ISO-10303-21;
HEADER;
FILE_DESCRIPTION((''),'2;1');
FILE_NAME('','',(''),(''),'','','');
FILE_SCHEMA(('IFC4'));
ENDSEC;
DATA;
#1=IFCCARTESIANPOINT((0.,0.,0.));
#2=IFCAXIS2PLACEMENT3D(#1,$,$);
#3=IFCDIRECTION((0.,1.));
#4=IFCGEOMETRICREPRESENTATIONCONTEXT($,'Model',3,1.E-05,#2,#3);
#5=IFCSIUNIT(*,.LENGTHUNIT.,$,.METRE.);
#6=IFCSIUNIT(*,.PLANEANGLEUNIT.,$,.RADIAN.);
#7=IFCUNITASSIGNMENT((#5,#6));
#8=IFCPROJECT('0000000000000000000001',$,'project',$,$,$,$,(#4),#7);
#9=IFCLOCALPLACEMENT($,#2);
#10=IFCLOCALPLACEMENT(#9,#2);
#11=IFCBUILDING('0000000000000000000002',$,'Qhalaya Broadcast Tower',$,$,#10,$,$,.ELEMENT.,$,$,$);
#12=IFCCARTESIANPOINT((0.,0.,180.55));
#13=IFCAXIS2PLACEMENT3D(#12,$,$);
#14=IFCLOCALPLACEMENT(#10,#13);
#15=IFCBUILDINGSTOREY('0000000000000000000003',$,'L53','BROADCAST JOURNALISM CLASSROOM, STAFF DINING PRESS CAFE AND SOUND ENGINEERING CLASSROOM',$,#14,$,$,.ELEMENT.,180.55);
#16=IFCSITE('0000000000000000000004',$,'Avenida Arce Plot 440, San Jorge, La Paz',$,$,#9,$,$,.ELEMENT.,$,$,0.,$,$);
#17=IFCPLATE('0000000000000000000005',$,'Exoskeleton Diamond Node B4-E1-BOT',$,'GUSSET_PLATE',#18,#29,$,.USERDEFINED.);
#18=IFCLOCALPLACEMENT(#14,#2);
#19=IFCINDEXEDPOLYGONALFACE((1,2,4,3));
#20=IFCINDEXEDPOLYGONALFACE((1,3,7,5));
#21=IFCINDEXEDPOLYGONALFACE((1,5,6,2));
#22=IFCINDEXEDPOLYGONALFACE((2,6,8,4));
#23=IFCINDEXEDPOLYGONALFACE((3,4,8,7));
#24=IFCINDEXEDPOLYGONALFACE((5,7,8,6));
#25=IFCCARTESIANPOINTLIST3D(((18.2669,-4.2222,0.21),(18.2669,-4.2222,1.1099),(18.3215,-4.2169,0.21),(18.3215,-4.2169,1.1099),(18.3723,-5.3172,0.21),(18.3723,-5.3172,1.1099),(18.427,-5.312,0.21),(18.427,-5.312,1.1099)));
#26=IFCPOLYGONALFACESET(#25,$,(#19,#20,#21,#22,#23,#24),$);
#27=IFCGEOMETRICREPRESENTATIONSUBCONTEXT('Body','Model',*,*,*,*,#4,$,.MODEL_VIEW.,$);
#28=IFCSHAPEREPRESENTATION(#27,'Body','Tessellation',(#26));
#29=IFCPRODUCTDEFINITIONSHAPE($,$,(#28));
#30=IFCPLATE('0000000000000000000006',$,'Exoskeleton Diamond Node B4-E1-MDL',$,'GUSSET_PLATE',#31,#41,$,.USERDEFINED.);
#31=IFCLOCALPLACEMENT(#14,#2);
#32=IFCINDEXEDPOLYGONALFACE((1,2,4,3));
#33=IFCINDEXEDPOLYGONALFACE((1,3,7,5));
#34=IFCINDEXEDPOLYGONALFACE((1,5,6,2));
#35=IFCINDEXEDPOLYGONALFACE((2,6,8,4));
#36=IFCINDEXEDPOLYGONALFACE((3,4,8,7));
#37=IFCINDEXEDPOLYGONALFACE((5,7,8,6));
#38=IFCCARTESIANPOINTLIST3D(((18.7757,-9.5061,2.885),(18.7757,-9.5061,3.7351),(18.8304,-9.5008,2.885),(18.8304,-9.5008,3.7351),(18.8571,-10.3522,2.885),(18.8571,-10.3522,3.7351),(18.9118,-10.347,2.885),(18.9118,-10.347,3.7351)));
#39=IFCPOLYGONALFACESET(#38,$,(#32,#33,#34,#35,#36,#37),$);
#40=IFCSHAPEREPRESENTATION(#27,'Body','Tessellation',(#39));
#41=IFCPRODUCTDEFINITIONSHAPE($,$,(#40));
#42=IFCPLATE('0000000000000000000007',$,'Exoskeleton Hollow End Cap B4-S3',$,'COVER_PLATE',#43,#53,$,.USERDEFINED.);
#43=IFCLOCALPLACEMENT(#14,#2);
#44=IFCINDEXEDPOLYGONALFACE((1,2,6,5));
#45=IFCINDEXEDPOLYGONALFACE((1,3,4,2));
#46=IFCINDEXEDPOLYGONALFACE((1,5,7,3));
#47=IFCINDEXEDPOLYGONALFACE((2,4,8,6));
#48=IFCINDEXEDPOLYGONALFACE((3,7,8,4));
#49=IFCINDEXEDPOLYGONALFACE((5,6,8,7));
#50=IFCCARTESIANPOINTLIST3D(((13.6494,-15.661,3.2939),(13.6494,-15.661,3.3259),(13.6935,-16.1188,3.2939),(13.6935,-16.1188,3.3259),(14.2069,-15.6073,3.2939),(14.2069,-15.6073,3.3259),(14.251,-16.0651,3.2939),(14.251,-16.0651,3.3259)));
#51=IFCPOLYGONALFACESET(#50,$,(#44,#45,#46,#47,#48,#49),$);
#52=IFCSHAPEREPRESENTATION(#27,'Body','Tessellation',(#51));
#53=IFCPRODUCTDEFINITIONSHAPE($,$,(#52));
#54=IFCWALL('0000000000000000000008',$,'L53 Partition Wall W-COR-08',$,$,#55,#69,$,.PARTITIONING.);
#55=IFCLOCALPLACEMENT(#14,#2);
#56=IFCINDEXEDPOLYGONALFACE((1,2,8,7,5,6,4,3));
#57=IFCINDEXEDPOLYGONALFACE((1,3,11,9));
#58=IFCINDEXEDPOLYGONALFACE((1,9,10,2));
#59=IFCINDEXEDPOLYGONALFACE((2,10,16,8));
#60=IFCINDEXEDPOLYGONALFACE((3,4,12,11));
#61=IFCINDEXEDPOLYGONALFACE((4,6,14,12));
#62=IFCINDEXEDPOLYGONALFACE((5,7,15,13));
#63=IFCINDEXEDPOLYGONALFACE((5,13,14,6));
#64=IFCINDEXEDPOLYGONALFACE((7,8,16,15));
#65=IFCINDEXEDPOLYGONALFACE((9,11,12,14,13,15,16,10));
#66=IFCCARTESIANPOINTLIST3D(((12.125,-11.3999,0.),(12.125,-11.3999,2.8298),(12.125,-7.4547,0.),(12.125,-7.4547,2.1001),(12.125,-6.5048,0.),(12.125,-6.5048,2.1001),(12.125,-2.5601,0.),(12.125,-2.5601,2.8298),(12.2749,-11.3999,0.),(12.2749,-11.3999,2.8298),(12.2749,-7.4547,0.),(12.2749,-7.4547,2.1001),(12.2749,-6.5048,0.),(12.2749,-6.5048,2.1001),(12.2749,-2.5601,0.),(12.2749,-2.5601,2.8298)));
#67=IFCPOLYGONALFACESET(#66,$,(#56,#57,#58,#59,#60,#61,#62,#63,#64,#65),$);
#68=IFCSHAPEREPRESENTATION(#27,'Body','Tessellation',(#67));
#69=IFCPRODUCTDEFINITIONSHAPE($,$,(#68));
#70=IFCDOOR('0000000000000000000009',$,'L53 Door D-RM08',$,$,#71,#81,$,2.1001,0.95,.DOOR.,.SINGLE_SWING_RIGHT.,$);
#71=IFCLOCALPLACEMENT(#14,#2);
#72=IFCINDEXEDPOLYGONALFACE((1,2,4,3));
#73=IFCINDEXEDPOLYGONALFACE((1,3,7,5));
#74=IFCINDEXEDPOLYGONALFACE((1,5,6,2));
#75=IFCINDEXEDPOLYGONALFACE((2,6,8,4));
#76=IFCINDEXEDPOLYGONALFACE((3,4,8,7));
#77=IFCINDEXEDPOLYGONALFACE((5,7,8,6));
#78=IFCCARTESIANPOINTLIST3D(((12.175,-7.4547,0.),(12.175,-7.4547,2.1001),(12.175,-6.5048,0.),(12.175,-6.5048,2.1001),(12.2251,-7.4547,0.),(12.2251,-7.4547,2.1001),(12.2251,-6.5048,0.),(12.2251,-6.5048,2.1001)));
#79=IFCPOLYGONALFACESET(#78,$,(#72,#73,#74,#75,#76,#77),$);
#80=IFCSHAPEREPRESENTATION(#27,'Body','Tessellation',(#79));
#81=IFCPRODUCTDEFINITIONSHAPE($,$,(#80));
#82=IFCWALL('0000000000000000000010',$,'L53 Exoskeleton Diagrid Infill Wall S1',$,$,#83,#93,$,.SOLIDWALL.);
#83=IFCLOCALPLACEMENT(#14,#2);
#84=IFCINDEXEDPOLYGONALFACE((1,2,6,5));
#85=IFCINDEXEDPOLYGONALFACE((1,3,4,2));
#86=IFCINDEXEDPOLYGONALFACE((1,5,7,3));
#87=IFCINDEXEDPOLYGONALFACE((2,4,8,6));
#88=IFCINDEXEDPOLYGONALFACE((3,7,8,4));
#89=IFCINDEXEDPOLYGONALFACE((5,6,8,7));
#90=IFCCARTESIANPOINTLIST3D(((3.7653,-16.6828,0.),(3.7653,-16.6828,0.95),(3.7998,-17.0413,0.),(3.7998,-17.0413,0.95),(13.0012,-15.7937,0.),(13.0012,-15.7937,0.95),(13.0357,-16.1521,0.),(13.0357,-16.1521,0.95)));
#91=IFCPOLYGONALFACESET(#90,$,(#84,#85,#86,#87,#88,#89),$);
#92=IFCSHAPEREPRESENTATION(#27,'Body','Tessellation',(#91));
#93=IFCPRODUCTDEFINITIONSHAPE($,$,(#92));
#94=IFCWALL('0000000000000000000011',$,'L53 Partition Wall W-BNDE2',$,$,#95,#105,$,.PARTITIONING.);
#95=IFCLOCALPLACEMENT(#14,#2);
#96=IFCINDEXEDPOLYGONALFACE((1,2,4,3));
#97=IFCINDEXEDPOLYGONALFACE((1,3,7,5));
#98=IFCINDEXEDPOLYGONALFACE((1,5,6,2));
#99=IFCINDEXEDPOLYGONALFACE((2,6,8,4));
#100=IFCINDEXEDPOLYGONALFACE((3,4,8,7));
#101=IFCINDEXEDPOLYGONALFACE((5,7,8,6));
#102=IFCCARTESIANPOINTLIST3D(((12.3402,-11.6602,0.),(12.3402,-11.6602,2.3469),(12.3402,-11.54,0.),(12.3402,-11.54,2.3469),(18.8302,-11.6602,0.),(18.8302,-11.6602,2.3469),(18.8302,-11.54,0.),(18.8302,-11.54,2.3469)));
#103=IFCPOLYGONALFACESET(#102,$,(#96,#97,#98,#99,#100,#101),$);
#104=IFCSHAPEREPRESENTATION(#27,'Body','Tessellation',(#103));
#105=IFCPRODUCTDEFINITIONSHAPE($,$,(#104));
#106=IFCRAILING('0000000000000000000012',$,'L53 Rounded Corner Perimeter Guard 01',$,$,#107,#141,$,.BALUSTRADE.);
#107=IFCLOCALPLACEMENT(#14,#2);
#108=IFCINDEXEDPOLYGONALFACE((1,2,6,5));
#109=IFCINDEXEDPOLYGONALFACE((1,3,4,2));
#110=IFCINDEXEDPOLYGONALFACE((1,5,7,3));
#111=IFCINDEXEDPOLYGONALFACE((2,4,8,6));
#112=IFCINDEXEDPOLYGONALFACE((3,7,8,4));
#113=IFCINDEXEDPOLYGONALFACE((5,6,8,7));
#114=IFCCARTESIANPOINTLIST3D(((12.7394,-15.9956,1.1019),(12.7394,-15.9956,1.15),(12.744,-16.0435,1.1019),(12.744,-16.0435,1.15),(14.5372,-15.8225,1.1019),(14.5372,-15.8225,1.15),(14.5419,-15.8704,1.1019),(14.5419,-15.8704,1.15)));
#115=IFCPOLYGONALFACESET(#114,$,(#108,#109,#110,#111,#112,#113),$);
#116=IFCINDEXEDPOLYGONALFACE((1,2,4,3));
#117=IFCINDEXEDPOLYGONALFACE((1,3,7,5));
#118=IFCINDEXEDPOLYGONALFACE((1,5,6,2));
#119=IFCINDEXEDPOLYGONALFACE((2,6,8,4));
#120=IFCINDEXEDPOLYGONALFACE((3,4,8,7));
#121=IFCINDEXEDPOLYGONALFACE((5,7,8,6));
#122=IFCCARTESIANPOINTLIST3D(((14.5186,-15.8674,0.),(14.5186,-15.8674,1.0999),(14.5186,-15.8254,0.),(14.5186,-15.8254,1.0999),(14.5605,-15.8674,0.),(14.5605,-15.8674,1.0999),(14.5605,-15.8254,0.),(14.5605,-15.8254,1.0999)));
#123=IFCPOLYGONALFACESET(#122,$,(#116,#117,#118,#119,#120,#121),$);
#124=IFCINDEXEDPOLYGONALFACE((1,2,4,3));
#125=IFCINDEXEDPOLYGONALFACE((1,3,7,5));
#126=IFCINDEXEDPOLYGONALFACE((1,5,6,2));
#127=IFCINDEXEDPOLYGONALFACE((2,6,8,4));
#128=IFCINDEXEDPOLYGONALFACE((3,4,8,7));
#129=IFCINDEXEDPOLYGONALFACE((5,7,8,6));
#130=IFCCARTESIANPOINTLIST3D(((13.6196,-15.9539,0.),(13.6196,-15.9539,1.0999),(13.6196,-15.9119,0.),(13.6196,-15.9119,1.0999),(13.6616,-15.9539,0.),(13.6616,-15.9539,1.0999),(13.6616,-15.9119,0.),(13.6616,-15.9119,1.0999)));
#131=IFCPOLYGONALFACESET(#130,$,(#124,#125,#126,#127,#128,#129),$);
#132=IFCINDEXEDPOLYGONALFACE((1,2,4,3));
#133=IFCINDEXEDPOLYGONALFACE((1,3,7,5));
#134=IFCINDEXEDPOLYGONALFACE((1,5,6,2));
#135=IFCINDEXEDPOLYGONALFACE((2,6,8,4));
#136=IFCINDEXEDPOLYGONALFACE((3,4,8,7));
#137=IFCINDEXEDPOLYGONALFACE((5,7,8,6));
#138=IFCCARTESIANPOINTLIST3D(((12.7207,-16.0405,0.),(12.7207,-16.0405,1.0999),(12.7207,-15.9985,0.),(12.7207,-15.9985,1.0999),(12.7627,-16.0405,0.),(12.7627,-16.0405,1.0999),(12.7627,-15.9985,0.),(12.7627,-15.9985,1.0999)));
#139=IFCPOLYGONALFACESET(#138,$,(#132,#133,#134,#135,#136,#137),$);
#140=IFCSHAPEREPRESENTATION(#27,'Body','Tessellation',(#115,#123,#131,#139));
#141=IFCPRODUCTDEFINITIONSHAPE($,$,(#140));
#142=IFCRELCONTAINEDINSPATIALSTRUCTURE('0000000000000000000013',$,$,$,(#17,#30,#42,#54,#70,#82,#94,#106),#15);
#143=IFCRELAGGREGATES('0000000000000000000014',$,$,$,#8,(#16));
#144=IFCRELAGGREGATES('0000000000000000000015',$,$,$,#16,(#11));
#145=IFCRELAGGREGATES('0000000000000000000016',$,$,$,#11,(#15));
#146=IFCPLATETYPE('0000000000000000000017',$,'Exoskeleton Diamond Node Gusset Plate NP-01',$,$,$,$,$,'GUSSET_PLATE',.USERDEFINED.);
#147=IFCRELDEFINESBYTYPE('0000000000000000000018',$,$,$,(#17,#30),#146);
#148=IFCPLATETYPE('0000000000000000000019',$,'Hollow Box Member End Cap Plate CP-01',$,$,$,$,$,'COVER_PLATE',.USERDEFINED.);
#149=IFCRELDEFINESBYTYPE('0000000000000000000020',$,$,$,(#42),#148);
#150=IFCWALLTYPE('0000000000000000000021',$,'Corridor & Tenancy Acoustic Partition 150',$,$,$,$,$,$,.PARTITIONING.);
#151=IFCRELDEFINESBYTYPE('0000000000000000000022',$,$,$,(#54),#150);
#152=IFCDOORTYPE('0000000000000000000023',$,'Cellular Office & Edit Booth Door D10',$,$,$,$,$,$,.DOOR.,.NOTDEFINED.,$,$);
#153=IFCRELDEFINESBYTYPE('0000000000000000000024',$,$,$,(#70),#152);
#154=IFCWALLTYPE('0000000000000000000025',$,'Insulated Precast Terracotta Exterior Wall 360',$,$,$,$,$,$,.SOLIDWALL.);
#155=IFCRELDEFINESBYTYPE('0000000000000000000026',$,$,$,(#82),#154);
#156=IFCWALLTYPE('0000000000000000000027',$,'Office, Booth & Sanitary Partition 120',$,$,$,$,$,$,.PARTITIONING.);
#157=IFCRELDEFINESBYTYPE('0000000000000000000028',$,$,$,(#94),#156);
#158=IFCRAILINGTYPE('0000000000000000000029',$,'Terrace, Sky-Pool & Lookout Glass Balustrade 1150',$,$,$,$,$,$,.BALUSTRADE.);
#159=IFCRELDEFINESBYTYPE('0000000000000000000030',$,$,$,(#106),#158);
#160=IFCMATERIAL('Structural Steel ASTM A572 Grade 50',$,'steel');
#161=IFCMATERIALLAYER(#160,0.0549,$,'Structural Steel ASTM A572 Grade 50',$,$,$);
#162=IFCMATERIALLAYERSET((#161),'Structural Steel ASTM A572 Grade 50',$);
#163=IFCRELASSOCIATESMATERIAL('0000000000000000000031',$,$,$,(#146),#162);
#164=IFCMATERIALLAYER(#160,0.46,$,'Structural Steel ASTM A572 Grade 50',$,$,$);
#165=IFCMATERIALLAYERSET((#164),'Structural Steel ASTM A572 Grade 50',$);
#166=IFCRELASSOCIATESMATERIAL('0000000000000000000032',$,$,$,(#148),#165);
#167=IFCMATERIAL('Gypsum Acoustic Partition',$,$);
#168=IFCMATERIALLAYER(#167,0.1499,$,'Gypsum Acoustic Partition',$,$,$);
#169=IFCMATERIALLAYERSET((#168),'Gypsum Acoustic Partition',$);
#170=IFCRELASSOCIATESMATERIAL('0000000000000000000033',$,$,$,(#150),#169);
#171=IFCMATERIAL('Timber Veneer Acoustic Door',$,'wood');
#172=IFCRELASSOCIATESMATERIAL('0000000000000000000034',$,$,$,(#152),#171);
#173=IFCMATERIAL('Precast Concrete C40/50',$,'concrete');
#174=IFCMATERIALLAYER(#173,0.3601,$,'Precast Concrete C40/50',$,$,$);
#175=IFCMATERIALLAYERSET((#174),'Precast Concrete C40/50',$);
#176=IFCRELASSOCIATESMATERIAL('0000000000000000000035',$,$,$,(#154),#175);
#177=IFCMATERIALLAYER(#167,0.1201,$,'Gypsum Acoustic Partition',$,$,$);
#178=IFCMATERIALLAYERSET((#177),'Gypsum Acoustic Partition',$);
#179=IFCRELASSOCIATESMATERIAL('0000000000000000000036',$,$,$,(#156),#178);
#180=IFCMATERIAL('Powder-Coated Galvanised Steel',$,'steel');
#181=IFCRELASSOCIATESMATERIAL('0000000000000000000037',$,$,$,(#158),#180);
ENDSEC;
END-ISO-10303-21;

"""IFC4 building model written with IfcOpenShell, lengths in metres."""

from ifc_helpers import new_model, si_unit, direction, frame, frame_2d, origin, origin_2d, place, context, subcontext, project, spatial, rectangle, extrude, material, layer, layer_set, type_object, element, fill, save


model = new_model("IFC4")

# Units and contexts
model_context = context("Model", 3, precision=1e-05, world=origin(), true_north=direction((0.0, 1.0)))
body_context = subcontext(model_context, "Body", "Model", "MODEL_VIEW")
ifc_project = project(units=[si_unit("LENGTHUNIT", "METRE"), si_unit("PLANEANGLEUNIT", "RADIAN")], contexts=[model_context])

# Site, building, storey
site_placement = place(None, origin())
site = spatial("IfcSite", under=ifc_project, at=site_placement, Name="Avenida Arce Plot 440, San Jorge, La Paz", CompositionType="ELEMENT", RefElevation=0.0)
building_placement = place(site_placement, origin())
building = spatial("IfcBuilding", under=site, at=building_placement, Name="Qhalaya Broadcast Tower", CompositionType="ELEMENT")
storey_placement = place(building_placement, frame((0.0, 0.0, 180.55)))
storey = spatial("IfcBuildingStorey", under=building, at=storey_placement, Name="L53", Description="BROADCAST JOURNALISM CLASSROOM, STAFF DINING PRESS CAFE AND SOUND ENGINEERING CLASSROOM", CompositionType="ELEMENT", Elevation=180.55)

# Shared definitions
ifc_material_1 = material(Name="Structural Steel ASTM A572 Grade 50", Category="steel")

# Plates
ifc_layer_1 = layer(ifc_material_1, 0.0549, Name="Structural Steel ASTM A572 Grade 50")
ifc_layer_set_1 = layer_set([ifc_layer_1], Name="Structural Steel ASTM A572 Grade 50")
plate_type_1 = type_object("IfcPlateType", Name="Exoskeleton Diamond Node Gusset Plate NP-01", ElementType="GUSSET_PLATE", PredefinedType="USERDEFINED", material=ifc_layer_set_1)
plate_1_placement = place(storey_placement, frame((18.3469, -4.7671, 0.21), z_axis=(0.0, 0.0, 1.0), x_axis=(-0.095846, 0.995396, 0.0)))
element("IfcPlate", 1, at=plate_1_placement, inside=storey, type_object=plate_type_1, Name="Exoskeleton Diamond Node B4-E1-BOT", ObjectType="GUSSET_PLATE", PredefinedType="USERDEFINED", context=body_context, shape_type="SweptSolid", body=[
    extrude(rectangle(XDim=1.1001, YDim=0.0549, at=origin_2d()), origin(), (0.0, 0.0, 1.0), 0.8999),
])
plate_2_placement = place(storey_placement, frame((18.8438, -9.9265, 2.885), z_axis=(0.0, 0.0, 1.0), x_axis=(-0.095846, 0.995396, 0.0)))
element("IfcPlate", 2, at=plate_2_placement, inside=storey, type_object=plate_type_1, Name="Exoskeleton Diamond Node B4-E1-MDL", ObjectType="GUSSET_PLATE", PredefinedType="USERDEFINED", context=body_context, shape_type="SweptSolid", body=[
    extrude(rectangle(XDim=0.8501, YDim=0.0549, at=origin_2d()), origin(), (0.0, 0.0, 1.0), 0.8501),
])
ifc_layer_2 = layer(ifc_material_1, 0.46, Name="Structural Steel ASTM A572 Grade 50")
ifc_layer_set_2 = layer_set([ifc_layer_2], Name="Structural Steel ASTM A572 Grade 50")
plate_type_2 = type_object("IfcPlateType", Name="Hollow Box Member End Cap Plate CP-01", ElementType="COVER_PLATE", PredefinedType="USERDEFINED", material=ifc_layer_set_2)
plate_3_placement = place(storey_placement, frame((13.9502, -15.863, 3.2939), z_axis=(0.0, 0.0, 1.0), x_axis=(0.995396, 0.095846, 0.0)))
element("IfcPlate", 3, at=plate_3_placement, inside=storey, type_object=plate_type_2, Name="Exoskeleton Hollow End Cap B4-S3", ObjectType="COVER_PLATE", PredefinedType="USERDEFINED", context=body_context, shape_type="SweptSolid", body=[
    extrude(rectangle(XDim=0.5601, YDim=0.46, at=origin_2d()), origin(), (0.0, 0.0, 1.0), 0.032),
])

# Wall, opening, door
ifc_material_2 = material(Name="Gypsum Acoustic Partition")
ifc_layer_3 = layer(ifc_material_2, 0.1499, Name="Gypsum Acoustic Partition")
ifc_layer_set_3 = layer_set([ifc_layer_3], Name="Gypsum Acoustic Partition")
wall_type_1 = type_object("IfcWallType", Name="Corridor & Tenancy Acoustic Partition 150", PredefinedType="PARTITIONING", material=ifc_layer_set_3)
wall_1_placement = place(storey_placement, frame((12.2, -11.3999, 0.0), z_axis=(0.0, 0.0, 1.0), x_axis=(0.0, 1.0, 0.0)))
wall_1 = element("IfcWall", 4, at=wall_1_placement, inside=storey, type_object=wall_type_1, Name="L53 Partition Wall W-COR-08", PredefinedType="PARTITIONING", context=body_context, shape_type="SweptSolid", body=[
    extrude(rectangle(XDim=8.8398, YDim=0.1499, at=frame_2d((4.4199, 0.0))), origin(), (0.0, 0.0, 1.0), 2.8298),
])
opening_placement = place(wall_1_placement, frame((3.9451, 0.0, 0.0)))
opening = element("IfcOpeningElement", 5, at=opening_placement, cuts=wall_1, PredefinedType="OPENING", context=body_context, shape_type="SweptSolid", body=[
    extrude(rectangle(XDim=0.95, YDim=2.1001, at=frame_2d((0.4751, 1.05))), frame((0.0, 0.0869, 0.0), z_axis=(0.0, -1.0, 0.0), x_axis=(1.0, 0.0, 0.0)), (0.0, 0.0, 1.0), 0.1738),
])
ifc_material_3 = material(Name="Timber Veneer Acoustic Door", Category="wood")
door_type = type_object("IfcDoorType", Name="Cellular Office & Edit Booth Door D10", OperationType="NOTDEFINED", PredefinedType="DOOR", material=ifc_material_3)
door_placement = place(opening_placement, origin())
door = element("IfcDoor", 6, at=door_placement, inside=storey, type_object=door_type, Name="L53 Door D-RM08", OperationType="SINGLE_SWING_RIGHT", OverallHeight=2.1001, OverallWidth=0.95, PredefinedType="DOOR", context=body_context, shape_type="SweptSolid", body=[
    extrude(rectangle(XDim=0.95, YDim=2.1001, at=frame_2d((0.4751, 1.05))), frame((0.0, 0.0249, 0.0), z_axis=(0.0, -1.0, 0.0), x_axis=(1.0, 0.0, 0.0)), (0.0, 0.0, 1.0), 0.05),
])
fill(opening, door)

# Walls
ifc_material_4 = material(Name="Precast Concrete C40/50", Category="concrete")
ifc_layer_4 = layer(ifc_material_4, 0.3601, Name="Precast Concrete C40/50")
ifc_layer_set_4 = layer_set([ifc_layer_4], Name="Precast Concrete C40/50")
wall_type_2 = type_object("IfcWallType", Name="Insulated Precast Terracotta Exterior Wall 360", PredefinedType="SOLIDWALL", material=ifc_layer_set_4)
wall_2_placement = place(storey_placement, frame((13.0183, -15.9729, 0.0), z_axis=(0.0, 0.0, 1.0), x_axis=(-0.995398, -0.09583, 0.0)))
element("IfcWall", 7, at=wall_2_placement, inside=storey, type_object=wall_type_2, Name="L53 Exoskeleton Diagrid Infill Wall S1", PredefinedType="SOLIDWALL", context=body_context, shape_type="SweptSolid", body=[
    extrude(rectangle(XDim=9.2786, YDim=0.3601, at=frame_2d((4.6392, 0.0))), origin(), (0.0, 0.0, 1.0), 0.95),
])
ifc_layer_5 = layer(ifc_material_2, 0.1201, Name="Gypsum Acoustic Partition")
ifc_layer_set_5 = layer_set([ifc_layer_5], Name="Gypsum Acoustic Partition")
wall_type_3 = type_object("IfcWallType", Name="Office, Booth & Sanitary Partition 120", PredefinedType="PARTITIONING", material=ifc_layer_set_5)
wall_3_placement = place(storey_placement, frame((12.3401, -11.6001, 0.0), z_axis=(0.0, 0.0, 1.0), x_axis=(1.0, 0.0, 0.0)))
element("IfcWall", 8, at=wall_3_placement, inside=storey, type_object=wall_type_3, Name="L53 Partition Wall W-BNDE2", PredefinedType="PARTITIONING", context=body_context, shape_type="SweptSolid", body=[
    extrude(rectangle(XDim=6.49, YDim=0.1201, at=frame_2d((3.2451, 0.0))), origin(), (0.0, 0.0, 1.0), 2.3469),
])

# Railing
ifc_material_5 = material(Name="Powder-Coated Galvanised Steel", Category="steel")
railing_type = type_object("IfcRailingType", Name="Terrace, Sky-Pool & Lookout Glass Balustrade 1150", PredefinedType="BALUSTRADE", material=ifc_material_5)
railing_1_placement = place(storey_placement, frame((14.5396, -15.8464, 0.0)))
element("IfcRailing", 9, at=railing_1_placement, inside=storey, type_object=railing_type, Name="L53 Rounded Corner Perimeter Guard 01", PredefinedType="BALUSTRADE", context=body_context, shape_type="SweptSolid", body=[
    extrude(rectangle(XDim=0.0481, YDim=0.0481, at=origin_2d()), frame((0.0, 0.0, 1.126), z_axis=(-0.995397, -0.095836, 0.0), x_axis=(0.095836, -0.995397, 0.0)), (0.0, 0.0, 1.0), 1.8062),
    extrude(rectangle(XDim=0.042, YDim=0.042, at=origin_2d()), origin(), (0.0, 0.0, 1.0), 1.0999),
    extrude(rectangle(XDim=0.042, YDim=0.042, at=origin_2d()), frame((-0.8989, -0.0864, 0.0)), (0.0, 0.0, 1.0), 1.0999),
    extrude(rectangle(XDim=0.042, YDim=0.042, at=origin_2d()), frame((-1.7979, -0.1731, 0.0)), (0.0, 0.0, 1.0), 1.0999),
])

save(model, "model.ifc")
